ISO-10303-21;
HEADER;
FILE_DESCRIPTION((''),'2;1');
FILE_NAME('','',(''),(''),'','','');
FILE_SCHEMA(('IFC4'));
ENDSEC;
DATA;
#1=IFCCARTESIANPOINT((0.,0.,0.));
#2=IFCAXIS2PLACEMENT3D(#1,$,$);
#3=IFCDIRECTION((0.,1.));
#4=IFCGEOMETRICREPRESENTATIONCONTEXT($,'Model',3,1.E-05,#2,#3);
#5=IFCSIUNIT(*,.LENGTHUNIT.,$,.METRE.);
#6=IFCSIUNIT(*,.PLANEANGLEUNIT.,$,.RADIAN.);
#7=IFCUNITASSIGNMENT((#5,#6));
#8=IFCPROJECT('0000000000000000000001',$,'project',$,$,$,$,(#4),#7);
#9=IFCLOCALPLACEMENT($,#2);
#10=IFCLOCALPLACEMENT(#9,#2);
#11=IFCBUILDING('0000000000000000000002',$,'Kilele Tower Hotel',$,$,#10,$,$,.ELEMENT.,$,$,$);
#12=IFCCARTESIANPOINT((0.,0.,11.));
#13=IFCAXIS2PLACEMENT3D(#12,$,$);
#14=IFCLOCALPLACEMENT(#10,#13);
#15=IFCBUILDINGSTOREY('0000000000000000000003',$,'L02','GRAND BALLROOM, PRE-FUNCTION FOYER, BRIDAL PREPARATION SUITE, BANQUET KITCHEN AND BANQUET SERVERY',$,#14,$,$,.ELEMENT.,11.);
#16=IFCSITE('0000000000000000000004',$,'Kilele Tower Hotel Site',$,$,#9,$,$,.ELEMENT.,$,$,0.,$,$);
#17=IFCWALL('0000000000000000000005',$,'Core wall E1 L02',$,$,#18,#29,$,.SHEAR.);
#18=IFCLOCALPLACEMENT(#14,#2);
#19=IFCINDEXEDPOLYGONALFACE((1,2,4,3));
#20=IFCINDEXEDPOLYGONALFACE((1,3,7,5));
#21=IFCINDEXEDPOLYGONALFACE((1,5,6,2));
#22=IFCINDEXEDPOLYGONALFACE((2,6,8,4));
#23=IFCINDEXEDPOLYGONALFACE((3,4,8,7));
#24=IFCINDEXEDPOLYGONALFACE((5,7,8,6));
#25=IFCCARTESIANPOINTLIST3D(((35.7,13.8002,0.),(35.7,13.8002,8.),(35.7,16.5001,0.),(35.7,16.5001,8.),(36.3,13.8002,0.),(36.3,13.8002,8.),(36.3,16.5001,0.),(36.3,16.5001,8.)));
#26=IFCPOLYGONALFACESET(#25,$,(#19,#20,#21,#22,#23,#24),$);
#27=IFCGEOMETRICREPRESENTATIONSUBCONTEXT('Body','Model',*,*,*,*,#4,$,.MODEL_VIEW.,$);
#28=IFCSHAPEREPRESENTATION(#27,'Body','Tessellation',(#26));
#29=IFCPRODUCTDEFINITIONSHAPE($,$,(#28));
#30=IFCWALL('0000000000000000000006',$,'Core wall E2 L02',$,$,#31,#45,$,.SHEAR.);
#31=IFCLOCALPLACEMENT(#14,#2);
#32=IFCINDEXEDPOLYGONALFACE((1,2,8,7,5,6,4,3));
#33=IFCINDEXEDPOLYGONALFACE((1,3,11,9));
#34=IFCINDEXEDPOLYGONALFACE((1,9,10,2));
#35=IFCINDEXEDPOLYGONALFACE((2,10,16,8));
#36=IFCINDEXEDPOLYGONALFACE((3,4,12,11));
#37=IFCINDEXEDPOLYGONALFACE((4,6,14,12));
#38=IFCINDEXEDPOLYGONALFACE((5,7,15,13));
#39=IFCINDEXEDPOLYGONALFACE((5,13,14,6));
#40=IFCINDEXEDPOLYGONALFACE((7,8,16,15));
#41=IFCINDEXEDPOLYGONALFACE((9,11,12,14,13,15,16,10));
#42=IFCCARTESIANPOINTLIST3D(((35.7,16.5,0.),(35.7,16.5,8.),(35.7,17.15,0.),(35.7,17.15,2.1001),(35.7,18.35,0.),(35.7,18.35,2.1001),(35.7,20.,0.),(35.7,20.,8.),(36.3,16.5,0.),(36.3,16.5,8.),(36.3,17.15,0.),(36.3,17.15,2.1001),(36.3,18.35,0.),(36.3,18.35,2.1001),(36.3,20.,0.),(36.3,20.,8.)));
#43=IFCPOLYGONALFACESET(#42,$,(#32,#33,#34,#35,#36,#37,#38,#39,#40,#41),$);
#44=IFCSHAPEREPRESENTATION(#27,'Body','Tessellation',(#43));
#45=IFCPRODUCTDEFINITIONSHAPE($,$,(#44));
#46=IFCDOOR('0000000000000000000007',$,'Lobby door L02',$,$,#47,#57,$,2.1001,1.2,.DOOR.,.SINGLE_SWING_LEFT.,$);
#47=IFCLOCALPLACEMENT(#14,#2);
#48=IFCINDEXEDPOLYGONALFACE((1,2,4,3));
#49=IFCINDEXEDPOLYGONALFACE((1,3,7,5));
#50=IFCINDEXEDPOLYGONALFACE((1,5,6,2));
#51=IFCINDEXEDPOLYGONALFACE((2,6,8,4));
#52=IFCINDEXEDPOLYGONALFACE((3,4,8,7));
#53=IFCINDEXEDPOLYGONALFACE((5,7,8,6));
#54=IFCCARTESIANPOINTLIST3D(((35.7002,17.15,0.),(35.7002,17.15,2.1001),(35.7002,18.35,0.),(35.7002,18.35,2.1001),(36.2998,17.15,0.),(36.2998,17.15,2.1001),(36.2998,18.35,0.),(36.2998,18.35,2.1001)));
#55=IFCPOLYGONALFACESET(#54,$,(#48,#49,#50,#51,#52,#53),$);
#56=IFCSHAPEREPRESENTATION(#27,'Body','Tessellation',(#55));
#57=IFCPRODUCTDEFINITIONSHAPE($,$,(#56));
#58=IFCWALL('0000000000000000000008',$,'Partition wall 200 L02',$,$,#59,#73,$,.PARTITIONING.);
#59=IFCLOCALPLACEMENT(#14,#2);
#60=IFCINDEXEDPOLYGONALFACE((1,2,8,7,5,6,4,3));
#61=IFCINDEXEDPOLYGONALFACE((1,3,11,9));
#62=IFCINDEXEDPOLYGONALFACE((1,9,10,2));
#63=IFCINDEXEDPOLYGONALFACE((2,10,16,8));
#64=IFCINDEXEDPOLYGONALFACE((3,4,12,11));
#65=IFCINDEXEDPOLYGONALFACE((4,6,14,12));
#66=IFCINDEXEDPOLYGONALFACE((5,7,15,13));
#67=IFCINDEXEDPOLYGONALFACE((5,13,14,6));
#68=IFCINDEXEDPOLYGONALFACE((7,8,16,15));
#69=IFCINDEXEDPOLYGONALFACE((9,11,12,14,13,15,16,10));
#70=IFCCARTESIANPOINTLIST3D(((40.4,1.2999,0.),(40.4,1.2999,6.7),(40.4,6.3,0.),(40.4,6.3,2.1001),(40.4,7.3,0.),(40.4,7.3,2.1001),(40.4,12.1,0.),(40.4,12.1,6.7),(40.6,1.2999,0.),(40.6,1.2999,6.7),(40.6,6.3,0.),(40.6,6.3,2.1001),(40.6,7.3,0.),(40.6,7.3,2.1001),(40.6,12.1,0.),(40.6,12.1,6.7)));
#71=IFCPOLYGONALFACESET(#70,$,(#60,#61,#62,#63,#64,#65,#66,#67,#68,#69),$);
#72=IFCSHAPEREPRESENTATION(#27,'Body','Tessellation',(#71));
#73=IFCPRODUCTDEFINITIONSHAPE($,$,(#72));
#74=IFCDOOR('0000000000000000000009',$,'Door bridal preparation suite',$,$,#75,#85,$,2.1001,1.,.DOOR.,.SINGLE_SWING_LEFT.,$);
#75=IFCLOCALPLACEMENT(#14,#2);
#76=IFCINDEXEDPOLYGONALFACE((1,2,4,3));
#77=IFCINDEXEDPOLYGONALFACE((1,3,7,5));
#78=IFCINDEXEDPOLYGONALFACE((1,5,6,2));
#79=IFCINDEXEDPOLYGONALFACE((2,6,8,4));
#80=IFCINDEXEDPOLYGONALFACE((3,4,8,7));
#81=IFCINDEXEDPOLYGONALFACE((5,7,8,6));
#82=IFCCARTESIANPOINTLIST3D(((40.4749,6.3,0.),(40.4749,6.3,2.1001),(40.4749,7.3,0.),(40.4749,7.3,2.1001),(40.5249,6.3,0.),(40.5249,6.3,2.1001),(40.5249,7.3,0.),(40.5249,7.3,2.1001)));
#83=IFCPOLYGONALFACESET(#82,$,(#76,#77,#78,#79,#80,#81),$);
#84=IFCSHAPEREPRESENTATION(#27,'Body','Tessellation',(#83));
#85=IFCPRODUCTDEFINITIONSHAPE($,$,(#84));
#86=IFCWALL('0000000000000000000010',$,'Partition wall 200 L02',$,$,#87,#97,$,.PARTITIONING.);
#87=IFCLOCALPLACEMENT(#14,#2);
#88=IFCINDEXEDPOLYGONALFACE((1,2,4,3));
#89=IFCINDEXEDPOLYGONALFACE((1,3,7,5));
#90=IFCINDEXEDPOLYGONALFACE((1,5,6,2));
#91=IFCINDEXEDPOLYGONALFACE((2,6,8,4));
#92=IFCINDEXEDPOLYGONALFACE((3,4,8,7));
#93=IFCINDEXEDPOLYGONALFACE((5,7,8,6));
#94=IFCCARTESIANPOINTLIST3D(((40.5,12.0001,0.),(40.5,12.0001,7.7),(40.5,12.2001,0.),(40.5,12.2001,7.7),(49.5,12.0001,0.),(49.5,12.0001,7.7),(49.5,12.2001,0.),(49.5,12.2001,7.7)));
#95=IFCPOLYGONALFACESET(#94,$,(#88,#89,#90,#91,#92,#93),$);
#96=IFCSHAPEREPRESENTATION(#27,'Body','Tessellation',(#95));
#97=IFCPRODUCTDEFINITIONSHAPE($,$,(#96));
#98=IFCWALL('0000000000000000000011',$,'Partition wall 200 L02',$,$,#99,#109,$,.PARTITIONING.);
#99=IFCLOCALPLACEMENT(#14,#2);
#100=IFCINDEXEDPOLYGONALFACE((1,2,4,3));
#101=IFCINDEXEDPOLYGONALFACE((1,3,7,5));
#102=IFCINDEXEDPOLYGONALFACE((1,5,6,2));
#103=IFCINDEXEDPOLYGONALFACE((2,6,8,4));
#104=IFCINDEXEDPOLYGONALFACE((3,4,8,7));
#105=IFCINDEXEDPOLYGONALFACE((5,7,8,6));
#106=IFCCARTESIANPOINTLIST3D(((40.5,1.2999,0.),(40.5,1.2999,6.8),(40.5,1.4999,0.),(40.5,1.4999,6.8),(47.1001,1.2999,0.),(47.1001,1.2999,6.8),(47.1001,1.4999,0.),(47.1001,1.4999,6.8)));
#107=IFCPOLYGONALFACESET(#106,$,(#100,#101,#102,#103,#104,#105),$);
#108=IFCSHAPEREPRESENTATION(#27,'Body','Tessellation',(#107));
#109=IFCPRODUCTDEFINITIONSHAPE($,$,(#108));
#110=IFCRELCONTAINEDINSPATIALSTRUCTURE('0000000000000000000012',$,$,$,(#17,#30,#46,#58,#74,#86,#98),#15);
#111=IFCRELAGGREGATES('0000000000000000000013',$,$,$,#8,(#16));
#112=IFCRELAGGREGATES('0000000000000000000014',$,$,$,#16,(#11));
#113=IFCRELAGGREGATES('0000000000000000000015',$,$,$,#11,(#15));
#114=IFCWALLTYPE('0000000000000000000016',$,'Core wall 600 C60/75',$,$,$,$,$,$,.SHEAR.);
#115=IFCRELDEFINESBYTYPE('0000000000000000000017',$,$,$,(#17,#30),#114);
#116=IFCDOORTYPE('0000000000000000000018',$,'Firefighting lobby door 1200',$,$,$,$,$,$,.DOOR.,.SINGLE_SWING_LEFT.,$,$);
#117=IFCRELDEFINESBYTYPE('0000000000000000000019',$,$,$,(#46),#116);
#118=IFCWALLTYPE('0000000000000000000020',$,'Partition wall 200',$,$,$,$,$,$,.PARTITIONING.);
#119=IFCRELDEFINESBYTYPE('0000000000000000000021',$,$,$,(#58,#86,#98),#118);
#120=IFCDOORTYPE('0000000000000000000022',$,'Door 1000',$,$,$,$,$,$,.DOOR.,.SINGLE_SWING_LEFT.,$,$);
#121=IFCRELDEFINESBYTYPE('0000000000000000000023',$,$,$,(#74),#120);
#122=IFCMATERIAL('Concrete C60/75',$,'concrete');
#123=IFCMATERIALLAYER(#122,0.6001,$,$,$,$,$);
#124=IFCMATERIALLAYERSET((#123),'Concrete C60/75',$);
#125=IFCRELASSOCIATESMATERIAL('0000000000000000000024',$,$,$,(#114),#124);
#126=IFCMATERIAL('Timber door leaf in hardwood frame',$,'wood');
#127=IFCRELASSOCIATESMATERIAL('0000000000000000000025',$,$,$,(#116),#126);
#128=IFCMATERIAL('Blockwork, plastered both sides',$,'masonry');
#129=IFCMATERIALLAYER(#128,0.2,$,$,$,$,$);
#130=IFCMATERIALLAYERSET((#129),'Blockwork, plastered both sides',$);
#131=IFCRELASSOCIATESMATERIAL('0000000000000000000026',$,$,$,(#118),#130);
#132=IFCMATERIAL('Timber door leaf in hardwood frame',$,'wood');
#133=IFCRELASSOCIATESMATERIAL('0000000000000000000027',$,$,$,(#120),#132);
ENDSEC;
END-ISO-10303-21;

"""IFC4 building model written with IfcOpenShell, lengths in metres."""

from ifc_helpers import new_model, si_unit, direction, frame, frame_2d, origin, place, context, subcontext, project, spatial, rectangle, extrude, material, layer, layer_set, type_object, element, fill, save


model = new_model("IFC4")

# Units and contexts
model_context = context("Model", 3, precision=1e-05, world=origin(), true_north=direction((0.0, 1.0)))
body_context = subcontext(model_context, "Body", "Model", "MODEL_VIEW")
ifc_project = project(units=[si_unit("LENGTHUNIT", "METRE"), si_unit("PLANEANGLEUNIT", "RADIAN")], contexts=[model_context])

# Site, building, storey
site_placement = place(None, origin())
site = spatial("IfcSite", under=ifc_project, at=site_placement, Name="Kilele Tower Hotel Site", CompositionType="ELEMENT", RefElevation=0.0)
building_placement = place(site_placement, origin())
building = spatial("IfcBuilding", under=site, at=building_placement, Name="Kilele Tower Hotel", CompositionType="ELEMENT")
storey_placement = place(building_placement, frame((0.0, 0.0, 11.0)))
storey = spatial("IfcBuildingStorey", under=building, at=storey_placement, Name="L02", Description="GRAND BALLROOM, PRE-FUNCTION FOYER, BRIDAL PREPARATION SUITE, BANQUET KITCHEN AND BANQUET SERVERY", CompositionType="ELEMENT", Elevation=11.0)

# Shared definitions
ifc_material_1 = material(Name="Concrete C60/75", Category="concrete")
ifc_layer_1 = layer(ifc_material_1, 0.6001)
ifc_layer_set_1 = layer_set([ifc_layer_1], Name="Concrete C60/75")
wall_type_1 = type_object("IfcWallType", Name="Core wall 600 C60/75", PredefinedType="SHEAR", material=ifc_layer_set_1)
ifc_material_2 = material(Name="Timber door leaf in hardwood frame", Category="wood")
door_type_1 = type_object("IfcDoorType", Name="Firefighting lobby door 1200", OperationType="SINGLE_SWING_LEFT", PredefinedType="DOOR", material=ifc_material_2)

# Wall
wall_1_placement = place(storey_placement, frame((36.0, 13.8, 0.0), z_axis=(0.0, 0.0, 1.0), x_axis=(0.0, 1.0, 0.0)))
element("IfcWall", 1, at=wall_1_placement, inside=storey, type_object=wall_type_1, Name="Core wall E1 L02", PredefinedType="SHEAR", context=body_context, shape_type="SweptSolid", body=[
    extrude(rectangle(XDim=2.7, YDim=0.6001, at=frame_2d((1.3501, 0.0))), origin(), (0.0, 0.0, 1.0), 8.0),
])

# Walls, openings, doors
wall_2_placement = place(storey_placement, frame((36.0, 16.5, 0.0), z_axis=(0.0, 0.0, 1.0), x_axis=(0.0, 1.0, 0.0)))
wall_2 = element("IfcWall", 2, at=wall_2_placement, inside=storey, type_object=wall_type_1, Name="Core wall E2 L02", PredefinedType="SHEAR", context=body_context, shape_type="SweptSolid", body=[
    extrude(rectangle(XDim=3.5, YDim=0.6001, at=frame_2d((1.75, 0.0))), origin(), (0.0, 0.0, 1.0), 8.0),
])
opening_1_placement = place(wall_2_placement, frame((0.6499, 0.0, 0.0)))
opening_1 = element("IfcOpeningElement", 3, at=opening_1_placement, cuts=wall_2, PredefinedType="OPENING", context=body_context, shape_type="SweptSolid", body=[
    extrude(rectangle(XDim=1.2, YDim=2.1001, at=frame_2d((0.6001, 1.05))), frame((0.0, 0.3101, 0.0), z_axis=(0.0, -1.0, 0.0), x_axis=(1.0, 0.0, 0.0)), (0.0, 0.0, 1.0), 0.6201),
])
door_1_placement = place(opening_1_placement, origin())
door_1 = element("IfcDoor", 4, at=door_1_placement, inside=storey, type_object=door_type_1, Name="Lobby door L02", OperationType="SINGLE_SWING_LEFT", OverallHeight=2.1001, OverallWidth=1.2, PredefinedType="DOOR", context=body_context, shape_type="SweptSolid", body=[
    extrude(rectangle(XDim=1.2, YDim=2.1001, at=frame_2d((0.6001, 1.05))), frame((0.0, 0.2998, 0.0), z_axis=(0.0, -1.0, 0.0), x_axis=(1.0, 0.0, 0.0)), (0.0, 0.0, 1.0), 0.5996),
])
fill(opening_1, door_1)
ifc_material_3 = material(Name="Blockwork, plastered both sides", Category="masonry")
ifc_layer_2 = layer(ifc_material_3, 0.2)
ifc_layer_set_2 = layer_set([ifc_layer_2], Name="Blockwork, plastered both sides")
wall_type_2 = type_object("IfcWallType", Name="Partition wall 200", PredefinedType="PARTITIONING", material=ifc_layer_set_2)
wall_3_placement = place(storey_placement, frame((40.5, 1.3, 0.0), z_axis=(0.0, 0.0, 1.0), x_axis=(0.0, 1.0, 0.0)))
wall_3 = element("IfcWall", 5, at=wall_3_placement, inside=storey, type_object=wall_type_2, Name="Partition wall 200 L02", PredefinedType="PARTITIONING", context=body_context, shape_type="SweptSolid", body=[
    extrude(rectangle(XDim=10.8, YDim=0.2, at=frame_2d((5.3999, 0.0))), origin(), (0.0, 0.0, 1.0), 6.7),
])
opening_2_placement = place(wall_3_placement, frame((6.0, 0.0, 0.0), z_axis=(0.0, 0.0, 1.0), x_axis=(-1.0, 0.0, 0.0)))
opening_2 = element("IfcOpeningElement", 6, at=opening_2_placement, cuts=wall_3, PredefinedType="OPENING", context=body_context, shape_type="SweptSolid", body=[
    extrude(rectangle(XDim=1.0, YDim=2.1001, at=frame_2d((0.5, 1.05))), frame((0.0, 0.1099, 0.0), z_axis=(0.0, -1.0, 0.0), x_axis=(1.0, 0.0, 0.0)), (0.0, 0.0, 1.0), 0.22),
])
ifc_material_4 = material(Name="Timber door leaf in hardwood frame", Category="wood")
door_type_2 = type_object("IfcDoorType", Name="Door 1000", OperationType="SINGLE_SWING_LEFT", PredefinedType="DOOR", material=ifc_material_4)
door_2_placement = place(opening_2_placement, origin())
door_2 = element("IfcDoor", 7, at=door_2_placement, inside=storey, type_object=door_type_2, Name="Door bridal preparation suite", OperationType="SINGLE_SWING_LEFT", OverallHeight=2.1001, OverallWidth=1.0, PredefinedType="DOOR", context=body_context, shape_type="SweptSolid", body=[
    extrude(rectangle(XDim=1.0, YDim=2.1001, at=frame_2d((0.5, 1.05))), frame((0.0, 0.0249, 0.0), z_axis=(0.0, -1.0, 0.0), x_axis=(1.0, 0.0, 0.0)), (0.0, 0.0, 1.0), 0.05),
])
fill(opening_2, door_2)

# Walls
wall_4_placement = place(storey_placement, frame((40.5, 12.1001, 0.0), z_axis=(0.0, 0.0, 1.0), x_axis=(1.0, 0.0, 0.0)))
element("IfcWall", 8, at=wall_4_placement, inside=storey, type_object=wall_type_2, Name="Partition wall 200 L02", PredefinedType="PARTITIONING", context=body_context, shape_type="SweptSolid", body=[
    extrude(rectangle(XDim=9.0, YDim=0.2, at=frame_2d((4.5, 0.0))), origin(), (0.0, 0.0, 1.0), 7.7),
])
wall_5_placement = place(storey_placement, frame((40.5, 1.3999, 0.0), z_axis=(0.0, 0.0, 1.0), x_axis=(1.0, 0.0, 0.0)))
element("IfcWall", 9, at=wall_5_placement, inside=storey, type_object=wall_type_2, Name="Partition wall 200 L02", PredefinedType="PARTITIONING", context=body_context, shape_type="SweptSolid", body=[
    extrude(rectangle(XDim=6.6001, YDim=0.2, at=frame_2d((3.3, 0.0))), origin(), (0.0, 0.0, 1.0), 6.8),
])

save(model, "model.ifc")
